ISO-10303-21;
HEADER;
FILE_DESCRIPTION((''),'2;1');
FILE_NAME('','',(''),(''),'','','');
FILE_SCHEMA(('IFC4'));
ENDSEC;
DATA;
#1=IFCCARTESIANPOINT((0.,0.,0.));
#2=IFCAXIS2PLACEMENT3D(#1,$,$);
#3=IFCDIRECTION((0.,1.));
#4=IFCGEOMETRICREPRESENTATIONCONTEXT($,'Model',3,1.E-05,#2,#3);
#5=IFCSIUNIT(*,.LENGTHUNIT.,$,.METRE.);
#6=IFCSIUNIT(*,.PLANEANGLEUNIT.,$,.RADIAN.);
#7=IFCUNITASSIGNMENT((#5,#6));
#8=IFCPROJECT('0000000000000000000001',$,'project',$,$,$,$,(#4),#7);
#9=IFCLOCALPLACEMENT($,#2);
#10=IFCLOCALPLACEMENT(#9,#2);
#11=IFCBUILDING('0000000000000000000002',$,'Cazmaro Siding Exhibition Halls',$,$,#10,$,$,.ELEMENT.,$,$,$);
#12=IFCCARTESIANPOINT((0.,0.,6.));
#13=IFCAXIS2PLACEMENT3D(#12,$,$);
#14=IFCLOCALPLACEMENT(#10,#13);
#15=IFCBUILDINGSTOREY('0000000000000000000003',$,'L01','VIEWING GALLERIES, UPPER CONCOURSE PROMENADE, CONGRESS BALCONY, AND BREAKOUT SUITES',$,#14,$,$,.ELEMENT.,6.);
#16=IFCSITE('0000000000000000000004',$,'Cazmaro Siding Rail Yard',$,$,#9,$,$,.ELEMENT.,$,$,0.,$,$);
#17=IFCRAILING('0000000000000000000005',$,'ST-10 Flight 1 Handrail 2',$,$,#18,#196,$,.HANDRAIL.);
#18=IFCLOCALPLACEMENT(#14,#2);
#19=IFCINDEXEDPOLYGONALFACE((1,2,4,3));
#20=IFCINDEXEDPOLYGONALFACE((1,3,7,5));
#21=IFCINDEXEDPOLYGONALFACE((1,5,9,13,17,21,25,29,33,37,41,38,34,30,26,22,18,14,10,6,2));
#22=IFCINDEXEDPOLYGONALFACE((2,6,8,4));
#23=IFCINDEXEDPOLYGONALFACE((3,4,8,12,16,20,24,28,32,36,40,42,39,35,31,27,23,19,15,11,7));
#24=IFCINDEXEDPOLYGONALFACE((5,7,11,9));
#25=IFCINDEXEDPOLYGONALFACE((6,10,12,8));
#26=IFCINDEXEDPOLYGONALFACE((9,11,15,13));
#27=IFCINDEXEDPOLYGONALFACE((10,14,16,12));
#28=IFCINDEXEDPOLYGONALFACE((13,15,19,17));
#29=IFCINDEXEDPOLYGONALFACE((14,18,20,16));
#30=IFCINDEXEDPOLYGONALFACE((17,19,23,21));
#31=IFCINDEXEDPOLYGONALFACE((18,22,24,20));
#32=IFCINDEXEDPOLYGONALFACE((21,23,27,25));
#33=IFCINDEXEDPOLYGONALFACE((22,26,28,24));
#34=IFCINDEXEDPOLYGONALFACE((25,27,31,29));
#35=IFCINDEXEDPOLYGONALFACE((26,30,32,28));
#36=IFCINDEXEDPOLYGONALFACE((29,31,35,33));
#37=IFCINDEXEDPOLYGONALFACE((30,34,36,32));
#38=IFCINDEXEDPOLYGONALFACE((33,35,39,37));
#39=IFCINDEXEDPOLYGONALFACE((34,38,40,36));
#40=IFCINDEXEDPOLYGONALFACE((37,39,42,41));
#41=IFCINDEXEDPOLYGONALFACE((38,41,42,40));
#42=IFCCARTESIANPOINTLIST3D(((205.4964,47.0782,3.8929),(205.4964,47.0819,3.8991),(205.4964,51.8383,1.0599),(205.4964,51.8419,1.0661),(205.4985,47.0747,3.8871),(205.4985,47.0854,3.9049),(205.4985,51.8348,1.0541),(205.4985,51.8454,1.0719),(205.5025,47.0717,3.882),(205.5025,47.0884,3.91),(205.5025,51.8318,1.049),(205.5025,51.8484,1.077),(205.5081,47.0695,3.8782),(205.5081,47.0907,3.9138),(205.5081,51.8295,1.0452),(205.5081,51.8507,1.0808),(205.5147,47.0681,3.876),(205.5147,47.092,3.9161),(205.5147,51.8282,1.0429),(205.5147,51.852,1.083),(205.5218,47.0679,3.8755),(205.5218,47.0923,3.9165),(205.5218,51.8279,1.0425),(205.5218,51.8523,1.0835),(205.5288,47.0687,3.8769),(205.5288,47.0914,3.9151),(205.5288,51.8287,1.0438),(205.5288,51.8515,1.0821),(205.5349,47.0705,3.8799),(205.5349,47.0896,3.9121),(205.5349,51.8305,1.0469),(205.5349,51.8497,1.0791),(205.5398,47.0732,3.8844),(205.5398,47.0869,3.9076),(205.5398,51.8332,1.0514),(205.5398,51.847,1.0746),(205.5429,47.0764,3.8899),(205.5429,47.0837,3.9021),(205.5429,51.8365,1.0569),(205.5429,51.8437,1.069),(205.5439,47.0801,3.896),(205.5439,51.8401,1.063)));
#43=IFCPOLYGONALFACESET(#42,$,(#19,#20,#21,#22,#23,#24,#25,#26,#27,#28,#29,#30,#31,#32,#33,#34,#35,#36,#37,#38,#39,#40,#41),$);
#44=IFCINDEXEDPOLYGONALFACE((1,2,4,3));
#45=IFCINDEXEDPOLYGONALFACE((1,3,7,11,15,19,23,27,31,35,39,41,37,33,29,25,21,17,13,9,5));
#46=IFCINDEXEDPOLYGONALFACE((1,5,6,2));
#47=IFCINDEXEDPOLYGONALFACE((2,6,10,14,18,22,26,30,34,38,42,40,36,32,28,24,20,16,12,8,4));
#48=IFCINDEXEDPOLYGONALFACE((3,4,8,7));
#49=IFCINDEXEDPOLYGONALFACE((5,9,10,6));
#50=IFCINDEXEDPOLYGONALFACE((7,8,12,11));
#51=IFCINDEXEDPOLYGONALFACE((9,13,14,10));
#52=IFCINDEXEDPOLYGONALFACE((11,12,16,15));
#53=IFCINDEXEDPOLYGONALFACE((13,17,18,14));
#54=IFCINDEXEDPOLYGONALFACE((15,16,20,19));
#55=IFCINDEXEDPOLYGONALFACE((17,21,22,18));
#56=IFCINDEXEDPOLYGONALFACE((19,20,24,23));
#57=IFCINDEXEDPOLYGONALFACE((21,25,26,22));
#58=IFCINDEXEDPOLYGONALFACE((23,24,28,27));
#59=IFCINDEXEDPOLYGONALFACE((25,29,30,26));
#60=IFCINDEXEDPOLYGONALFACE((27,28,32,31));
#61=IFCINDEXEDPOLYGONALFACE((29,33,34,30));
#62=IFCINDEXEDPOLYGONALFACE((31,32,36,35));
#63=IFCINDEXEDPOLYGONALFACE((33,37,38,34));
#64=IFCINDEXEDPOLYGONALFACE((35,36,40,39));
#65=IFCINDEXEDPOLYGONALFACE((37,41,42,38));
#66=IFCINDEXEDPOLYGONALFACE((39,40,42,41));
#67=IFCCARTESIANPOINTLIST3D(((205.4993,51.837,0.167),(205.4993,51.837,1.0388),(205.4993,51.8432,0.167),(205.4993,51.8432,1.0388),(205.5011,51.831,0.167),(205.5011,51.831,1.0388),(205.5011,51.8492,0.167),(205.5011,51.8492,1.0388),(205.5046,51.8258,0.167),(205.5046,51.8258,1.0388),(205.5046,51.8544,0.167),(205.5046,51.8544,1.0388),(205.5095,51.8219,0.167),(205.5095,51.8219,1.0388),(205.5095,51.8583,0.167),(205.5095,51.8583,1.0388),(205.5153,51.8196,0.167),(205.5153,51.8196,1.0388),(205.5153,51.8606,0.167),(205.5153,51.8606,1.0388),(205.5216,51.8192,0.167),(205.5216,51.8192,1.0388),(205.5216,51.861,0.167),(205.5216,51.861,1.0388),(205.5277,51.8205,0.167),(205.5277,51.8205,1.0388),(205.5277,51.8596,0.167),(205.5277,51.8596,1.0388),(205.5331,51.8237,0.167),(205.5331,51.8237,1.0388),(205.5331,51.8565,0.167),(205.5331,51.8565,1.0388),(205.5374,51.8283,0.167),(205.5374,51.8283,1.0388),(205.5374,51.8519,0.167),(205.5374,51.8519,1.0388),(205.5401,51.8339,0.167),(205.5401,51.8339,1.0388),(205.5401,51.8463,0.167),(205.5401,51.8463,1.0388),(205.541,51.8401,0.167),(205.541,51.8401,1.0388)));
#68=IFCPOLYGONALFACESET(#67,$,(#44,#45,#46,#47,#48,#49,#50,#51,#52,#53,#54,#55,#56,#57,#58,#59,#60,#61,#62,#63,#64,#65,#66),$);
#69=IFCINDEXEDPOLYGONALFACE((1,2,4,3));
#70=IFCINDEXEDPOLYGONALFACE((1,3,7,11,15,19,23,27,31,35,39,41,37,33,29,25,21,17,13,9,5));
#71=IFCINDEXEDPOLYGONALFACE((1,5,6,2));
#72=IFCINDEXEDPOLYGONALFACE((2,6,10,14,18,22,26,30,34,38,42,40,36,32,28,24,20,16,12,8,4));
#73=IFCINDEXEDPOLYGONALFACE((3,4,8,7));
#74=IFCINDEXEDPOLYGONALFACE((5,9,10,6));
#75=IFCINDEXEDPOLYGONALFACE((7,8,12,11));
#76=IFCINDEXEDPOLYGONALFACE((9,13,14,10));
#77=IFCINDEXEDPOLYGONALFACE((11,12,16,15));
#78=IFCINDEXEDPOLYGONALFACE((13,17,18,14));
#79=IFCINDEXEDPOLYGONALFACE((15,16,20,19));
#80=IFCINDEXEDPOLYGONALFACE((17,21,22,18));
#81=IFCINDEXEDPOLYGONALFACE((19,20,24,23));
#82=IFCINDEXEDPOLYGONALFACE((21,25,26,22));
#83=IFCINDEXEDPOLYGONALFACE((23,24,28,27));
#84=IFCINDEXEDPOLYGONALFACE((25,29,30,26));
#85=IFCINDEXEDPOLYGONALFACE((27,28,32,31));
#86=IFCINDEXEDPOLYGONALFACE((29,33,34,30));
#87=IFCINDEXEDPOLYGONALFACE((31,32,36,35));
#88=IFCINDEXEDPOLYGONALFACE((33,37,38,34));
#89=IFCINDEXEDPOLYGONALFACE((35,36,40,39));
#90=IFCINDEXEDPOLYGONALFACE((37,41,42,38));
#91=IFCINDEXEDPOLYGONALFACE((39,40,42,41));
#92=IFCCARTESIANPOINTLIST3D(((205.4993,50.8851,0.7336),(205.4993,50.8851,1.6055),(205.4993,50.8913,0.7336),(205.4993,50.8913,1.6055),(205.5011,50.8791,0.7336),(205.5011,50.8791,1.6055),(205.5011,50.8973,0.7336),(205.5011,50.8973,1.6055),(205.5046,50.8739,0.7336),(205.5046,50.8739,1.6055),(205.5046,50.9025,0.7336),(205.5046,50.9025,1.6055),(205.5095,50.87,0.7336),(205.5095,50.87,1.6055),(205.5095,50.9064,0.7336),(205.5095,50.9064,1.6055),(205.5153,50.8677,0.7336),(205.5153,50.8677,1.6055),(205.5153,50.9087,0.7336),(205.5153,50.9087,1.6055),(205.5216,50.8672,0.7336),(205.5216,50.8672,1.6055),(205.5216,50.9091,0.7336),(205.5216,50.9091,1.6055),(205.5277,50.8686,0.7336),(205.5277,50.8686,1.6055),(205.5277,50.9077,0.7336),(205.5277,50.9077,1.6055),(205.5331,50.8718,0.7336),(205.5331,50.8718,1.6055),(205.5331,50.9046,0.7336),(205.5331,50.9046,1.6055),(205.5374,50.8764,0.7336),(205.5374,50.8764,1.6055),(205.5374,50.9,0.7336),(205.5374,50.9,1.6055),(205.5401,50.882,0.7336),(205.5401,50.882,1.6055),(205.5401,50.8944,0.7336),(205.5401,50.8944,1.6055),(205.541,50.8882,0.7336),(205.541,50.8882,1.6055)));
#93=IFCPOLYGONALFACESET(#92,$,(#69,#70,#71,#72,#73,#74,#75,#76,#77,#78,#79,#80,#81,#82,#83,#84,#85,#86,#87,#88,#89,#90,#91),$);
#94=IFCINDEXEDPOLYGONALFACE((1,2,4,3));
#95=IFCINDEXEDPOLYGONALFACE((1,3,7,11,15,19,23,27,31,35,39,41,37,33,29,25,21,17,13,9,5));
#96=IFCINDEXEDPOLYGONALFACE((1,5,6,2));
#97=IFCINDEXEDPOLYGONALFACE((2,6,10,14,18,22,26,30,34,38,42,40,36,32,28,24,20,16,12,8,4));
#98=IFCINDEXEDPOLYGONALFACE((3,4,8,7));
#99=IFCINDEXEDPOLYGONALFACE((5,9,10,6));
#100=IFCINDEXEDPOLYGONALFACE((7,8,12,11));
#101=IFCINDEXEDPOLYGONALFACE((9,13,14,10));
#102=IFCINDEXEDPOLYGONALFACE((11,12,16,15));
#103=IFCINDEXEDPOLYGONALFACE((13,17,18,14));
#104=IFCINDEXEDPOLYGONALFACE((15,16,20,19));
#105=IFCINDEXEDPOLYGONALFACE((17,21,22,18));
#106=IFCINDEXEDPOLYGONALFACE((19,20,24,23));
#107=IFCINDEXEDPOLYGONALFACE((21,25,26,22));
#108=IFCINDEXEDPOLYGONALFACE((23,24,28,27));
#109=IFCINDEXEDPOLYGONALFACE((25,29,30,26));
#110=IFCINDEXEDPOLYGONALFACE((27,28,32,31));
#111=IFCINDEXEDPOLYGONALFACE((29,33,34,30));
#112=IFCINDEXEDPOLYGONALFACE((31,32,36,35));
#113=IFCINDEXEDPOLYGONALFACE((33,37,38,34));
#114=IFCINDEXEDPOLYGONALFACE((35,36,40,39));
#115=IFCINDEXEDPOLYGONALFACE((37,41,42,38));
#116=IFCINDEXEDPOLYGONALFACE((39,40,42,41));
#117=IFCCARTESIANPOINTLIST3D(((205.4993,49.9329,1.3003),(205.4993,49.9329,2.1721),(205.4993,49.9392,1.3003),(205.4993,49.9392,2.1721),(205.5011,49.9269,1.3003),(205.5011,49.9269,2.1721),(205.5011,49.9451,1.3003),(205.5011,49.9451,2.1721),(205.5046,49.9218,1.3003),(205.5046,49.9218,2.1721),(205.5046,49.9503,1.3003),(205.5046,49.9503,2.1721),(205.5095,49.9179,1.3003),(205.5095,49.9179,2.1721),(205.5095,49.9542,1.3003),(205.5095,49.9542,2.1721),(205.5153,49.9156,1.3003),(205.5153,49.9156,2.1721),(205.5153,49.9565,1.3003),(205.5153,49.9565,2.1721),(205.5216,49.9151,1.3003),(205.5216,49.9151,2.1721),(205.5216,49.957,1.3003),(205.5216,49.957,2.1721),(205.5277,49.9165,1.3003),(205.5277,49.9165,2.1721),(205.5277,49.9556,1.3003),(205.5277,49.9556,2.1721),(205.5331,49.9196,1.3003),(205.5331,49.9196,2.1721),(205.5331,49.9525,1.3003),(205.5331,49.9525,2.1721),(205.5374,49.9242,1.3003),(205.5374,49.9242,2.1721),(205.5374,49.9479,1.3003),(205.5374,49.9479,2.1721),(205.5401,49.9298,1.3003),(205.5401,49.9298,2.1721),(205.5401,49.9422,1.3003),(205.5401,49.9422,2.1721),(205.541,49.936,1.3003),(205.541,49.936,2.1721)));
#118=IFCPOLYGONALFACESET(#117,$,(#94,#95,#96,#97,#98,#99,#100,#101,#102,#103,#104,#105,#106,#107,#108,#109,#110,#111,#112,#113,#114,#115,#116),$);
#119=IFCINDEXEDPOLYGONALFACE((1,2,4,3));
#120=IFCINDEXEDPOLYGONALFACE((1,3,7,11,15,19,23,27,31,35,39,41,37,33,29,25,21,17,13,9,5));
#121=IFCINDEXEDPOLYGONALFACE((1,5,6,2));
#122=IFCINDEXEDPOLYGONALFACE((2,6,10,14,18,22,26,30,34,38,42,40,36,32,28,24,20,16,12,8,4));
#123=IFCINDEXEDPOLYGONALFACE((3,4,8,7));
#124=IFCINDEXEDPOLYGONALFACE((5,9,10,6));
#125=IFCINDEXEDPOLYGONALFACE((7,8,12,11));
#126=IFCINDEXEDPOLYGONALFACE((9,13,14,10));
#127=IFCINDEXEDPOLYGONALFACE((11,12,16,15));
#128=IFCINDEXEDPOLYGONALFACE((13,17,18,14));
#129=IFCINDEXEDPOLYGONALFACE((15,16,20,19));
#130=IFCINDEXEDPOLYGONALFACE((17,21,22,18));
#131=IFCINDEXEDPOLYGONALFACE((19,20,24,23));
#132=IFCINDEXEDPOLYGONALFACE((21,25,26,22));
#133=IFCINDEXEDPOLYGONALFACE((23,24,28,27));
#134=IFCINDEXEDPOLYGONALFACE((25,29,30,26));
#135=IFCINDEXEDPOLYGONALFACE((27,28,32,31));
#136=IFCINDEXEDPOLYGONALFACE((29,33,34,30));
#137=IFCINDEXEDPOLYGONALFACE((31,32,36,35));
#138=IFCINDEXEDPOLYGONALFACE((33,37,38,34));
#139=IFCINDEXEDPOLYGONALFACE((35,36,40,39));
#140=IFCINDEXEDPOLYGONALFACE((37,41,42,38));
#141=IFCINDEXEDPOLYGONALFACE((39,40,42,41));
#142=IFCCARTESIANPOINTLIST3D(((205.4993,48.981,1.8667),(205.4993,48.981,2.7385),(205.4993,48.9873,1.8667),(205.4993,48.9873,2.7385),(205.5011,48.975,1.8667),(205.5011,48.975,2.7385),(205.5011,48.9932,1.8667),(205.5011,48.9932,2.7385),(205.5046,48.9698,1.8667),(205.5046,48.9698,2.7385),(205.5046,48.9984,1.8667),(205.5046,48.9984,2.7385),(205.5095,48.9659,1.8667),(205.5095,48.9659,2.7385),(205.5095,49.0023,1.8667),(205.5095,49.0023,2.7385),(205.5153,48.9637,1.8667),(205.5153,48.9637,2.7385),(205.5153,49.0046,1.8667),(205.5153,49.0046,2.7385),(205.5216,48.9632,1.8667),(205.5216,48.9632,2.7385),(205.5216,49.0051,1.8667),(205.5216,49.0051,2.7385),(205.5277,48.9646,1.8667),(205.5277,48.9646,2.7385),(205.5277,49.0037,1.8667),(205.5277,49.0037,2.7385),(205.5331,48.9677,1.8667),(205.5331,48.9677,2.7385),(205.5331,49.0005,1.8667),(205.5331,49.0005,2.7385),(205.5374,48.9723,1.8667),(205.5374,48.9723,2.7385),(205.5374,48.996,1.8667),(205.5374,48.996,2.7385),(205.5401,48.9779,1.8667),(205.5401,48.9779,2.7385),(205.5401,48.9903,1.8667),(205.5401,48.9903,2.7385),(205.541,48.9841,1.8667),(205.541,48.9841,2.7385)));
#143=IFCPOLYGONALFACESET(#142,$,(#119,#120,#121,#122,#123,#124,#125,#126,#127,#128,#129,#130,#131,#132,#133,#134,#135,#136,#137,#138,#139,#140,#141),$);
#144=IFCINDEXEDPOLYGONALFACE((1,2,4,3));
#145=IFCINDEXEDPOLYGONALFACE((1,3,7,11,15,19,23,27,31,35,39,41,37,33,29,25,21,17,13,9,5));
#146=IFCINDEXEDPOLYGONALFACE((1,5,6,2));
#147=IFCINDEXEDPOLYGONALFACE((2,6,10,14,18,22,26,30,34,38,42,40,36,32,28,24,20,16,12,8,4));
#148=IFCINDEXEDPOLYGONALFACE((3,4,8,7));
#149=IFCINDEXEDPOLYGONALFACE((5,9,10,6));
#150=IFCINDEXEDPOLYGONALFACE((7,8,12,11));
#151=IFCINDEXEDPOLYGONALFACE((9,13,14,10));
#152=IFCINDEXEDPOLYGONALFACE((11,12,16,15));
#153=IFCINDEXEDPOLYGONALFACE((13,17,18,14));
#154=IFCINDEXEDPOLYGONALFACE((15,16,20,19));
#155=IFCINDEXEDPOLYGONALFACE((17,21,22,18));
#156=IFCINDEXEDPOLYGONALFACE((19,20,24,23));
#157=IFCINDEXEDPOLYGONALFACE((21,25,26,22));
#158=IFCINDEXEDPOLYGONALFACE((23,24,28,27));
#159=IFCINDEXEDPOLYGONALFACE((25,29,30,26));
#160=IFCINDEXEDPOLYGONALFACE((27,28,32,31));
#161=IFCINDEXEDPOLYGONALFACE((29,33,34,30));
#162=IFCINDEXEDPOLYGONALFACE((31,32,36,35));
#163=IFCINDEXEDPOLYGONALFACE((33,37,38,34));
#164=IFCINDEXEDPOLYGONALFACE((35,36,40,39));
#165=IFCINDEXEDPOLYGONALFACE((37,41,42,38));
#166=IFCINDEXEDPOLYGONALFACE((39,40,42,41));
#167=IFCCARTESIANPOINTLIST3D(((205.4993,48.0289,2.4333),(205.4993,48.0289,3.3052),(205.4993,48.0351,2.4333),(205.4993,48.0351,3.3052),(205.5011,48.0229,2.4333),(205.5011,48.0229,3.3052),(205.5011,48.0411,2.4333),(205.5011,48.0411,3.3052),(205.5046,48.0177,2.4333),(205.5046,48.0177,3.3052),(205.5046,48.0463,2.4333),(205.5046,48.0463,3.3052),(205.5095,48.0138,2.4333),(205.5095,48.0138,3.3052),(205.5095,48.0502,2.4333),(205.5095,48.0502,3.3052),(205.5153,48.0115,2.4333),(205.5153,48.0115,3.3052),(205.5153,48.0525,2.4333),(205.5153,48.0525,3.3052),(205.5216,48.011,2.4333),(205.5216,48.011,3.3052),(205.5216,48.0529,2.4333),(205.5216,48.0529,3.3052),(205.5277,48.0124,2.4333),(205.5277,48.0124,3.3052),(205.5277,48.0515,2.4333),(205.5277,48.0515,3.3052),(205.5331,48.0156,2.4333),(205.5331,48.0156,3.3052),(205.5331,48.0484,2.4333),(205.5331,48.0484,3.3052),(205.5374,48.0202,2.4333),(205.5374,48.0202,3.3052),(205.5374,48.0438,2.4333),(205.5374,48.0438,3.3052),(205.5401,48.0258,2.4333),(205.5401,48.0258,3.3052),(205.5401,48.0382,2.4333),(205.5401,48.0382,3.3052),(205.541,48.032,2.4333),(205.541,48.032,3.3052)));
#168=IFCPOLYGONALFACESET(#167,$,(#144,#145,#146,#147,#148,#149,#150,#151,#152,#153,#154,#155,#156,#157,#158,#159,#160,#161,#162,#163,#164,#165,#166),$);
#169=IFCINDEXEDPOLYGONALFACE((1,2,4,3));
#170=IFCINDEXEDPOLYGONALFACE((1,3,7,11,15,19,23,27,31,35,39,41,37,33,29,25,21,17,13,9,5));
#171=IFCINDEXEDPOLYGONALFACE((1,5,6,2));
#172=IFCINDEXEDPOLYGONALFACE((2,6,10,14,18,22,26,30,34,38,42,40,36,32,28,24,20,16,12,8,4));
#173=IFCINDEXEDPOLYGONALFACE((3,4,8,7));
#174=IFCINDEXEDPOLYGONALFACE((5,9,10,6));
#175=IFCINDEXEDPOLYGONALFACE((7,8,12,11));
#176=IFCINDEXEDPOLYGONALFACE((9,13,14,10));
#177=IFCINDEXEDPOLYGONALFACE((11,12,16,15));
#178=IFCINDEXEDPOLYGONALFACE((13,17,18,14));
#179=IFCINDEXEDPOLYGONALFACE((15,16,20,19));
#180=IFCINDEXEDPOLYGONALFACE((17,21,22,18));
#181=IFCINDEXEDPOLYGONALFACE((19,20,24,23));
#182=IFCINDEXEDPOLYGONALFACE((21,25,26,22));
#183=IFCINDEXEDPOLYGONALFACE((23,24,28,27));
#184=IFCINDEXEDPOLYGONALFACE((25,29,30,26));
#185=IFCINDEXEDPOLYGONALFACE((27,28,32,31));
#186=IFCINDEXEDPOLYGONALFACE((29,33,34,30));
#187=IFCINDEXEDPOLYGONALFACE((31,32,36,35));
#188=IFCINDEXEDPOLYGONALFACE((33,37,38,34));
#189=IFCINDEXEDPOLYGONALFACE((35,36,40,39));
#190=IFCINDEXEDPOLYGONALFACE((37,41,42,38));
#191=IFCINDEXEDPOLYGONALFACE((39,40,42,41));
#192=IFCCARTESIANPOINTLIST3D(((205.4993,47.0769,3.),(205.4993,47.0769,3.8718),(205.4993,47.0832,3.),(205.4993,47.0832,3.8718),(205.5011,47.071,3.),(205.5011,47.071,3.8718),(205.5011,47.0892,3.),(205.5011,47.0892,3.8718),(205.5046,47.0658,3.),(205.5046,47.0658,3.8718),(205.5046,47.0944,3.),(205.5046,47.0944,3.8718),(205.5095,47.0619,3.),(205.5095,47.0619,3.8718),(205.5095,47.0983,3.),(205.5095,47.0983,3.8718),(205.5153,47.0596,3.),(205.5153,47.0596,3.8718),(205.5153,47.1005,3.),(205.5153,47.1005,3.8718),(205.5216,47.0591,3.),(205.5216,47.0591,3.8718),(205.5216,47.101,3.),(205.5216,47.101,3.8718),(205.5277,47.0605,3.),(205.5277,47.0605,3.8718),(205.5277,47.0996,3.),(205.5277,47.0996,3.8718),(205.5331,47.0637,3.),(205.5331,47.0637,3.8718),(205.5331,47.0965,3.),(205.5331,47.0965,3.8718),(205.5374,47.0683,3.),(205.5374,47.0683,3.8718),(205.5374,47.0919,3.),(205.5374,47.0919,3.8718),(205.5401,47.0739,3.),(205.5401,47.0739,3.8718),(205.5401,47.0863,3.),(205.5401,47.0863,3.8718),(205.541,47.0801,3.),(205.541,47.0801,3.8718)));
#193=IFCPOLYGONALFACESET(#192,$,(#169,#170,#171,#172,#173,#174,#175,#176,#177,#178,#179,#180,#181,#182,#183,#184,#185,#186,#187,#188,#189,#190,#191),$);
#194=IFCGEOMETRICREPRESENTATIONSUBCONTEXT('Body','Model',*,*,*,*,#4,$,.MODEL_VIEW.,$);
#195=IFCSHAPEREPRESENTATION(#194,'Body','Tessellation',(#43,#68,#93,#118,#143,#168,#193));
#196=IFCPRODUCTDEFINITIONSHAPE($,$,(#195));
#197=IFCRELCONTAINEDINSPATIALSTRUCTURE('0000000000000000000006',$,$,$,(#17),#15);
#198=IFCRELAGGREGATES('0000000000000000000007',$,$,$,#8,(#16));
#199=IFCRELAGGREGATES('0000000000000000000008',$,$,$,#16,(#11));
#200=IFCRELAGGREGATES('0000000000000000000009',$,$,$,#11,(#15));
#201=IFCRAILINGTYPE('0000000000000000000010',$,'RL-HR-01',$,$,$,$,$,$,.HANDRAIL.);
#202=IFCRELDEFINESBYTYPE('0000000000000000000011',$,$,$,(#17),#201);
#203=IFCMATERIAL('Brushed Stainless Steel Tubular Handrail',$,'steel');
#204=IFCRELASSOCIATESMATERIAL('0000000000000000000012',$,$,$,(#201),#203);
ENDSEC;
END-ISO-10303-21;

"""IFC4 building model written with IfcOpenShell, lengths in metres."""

from ifc_helpers import new_model, si_unit, direction, frame, origin, origin_2d, place, context, subcontext, project, spatial, circle, extrude, material, type_object, element, save


model = new_model("IFC4")

# Units and contexts
model_context = context("Model", 3, precision=1e-05, world=origin(), true_north=direction((0.0, 1.0)))
body_context = subcontext(model_context, "Body", "Model", "MODEL_VIEW")
ifc_project = project(units=[si_unit("LENGTHUNIT", "METRE"), si_unit("PLANEANGLEUNIT", "RADIAN")], contexts=[model_context])

# Site, building, storey
site_placement = place(None, origin())
site = spatial("IfcSite", under=ifc_project, at=site_placement, Name="Cazmaro Siding Rail Yard", CompositionType="ELEMENT", RefElevation=0.0)
building_placement = place(site_placement, origin())
building = spatial("IfcBuilding", under=site, at=building_placement, Name="Cazmaro Siding Exhibition Halls", CompositionType="ELEMENT")
storey_placement = place(building_placement, frame((0.0, 0.0, 6.0)))
storey = spatial("IfcBuildingStorey", under=building, at=storey_placement, Name="L01", Description="VIEWING GALLERIES, UPPER CONCOURSE PROMENADE, CONGRESS BALCONY, AND BREAKOUT SUITES", CompositionType="ELEMENT", Elevation=6.0)

# Railing
ifc_material_1 = material(Name="Brushed Stainless Steel Tubular Handrail", Category="steel")
railing_type_1 = type_object("IfcRailingType", Name="RL-HR-01", PredefinedType="HANDRAIL", material=ifc_material_1)
railing_1_placement = place(storey_placement, frame((205.52, 51.8401, 0.167)))
element("IfcRailing", 1, at=railing_1_placement, inside=storey, type_object=railing_type_1, Name="ST-10 Flight 1 Handrail 2", PredefinedType="HANDRAIL", context=body_context, shape_type="SweptSolid", body=[
    extrude(circle(Radius=0.0239, at=origin_2d()), frame((0.0, 0.0, 0.896), z_axis=(0.0, -0.859319, 0.51144), x_axis=(1.0, 0.0, 0.0)), (0.0, 0.0, 1.0), 5.5393),
    extrude(circle(Radius=0.021, at=origin_2d()), origin(), (0.0, 0.0, 1.0), 0.8718),
    extrude(circle(Radius=0.021, at=origin_2d()), frame((0.0, -0.9519, 0.5667)), (0.0, 0.0, 1.0), 0.8718),
    extrude(circle(Radius=0.021, at=origin_2d()), frame((0.0, -1.9041, 1.1333)), (0.0, 0.0, 1.0), 0.8718),
    extrude(circle(Radius=0.021, at=origin_2d()), frame((0.0, -2.856, 1.6997)), (0.0, 0.0, 1.0), 0.8718),
    extrude(circle(Radius=0.021, at=origin_2d()), frame((0.0, -3.8081, 2.2664)), (0.0, 0.0, 1.0), 0.8718),
    extrude(circle(Radius=0.021, at=origin_2d()), frame((0.0, -4.76, 2.833)), (0.0, 0.0, 1.0), 0.8718),
])

save(model, "model.ifc")
